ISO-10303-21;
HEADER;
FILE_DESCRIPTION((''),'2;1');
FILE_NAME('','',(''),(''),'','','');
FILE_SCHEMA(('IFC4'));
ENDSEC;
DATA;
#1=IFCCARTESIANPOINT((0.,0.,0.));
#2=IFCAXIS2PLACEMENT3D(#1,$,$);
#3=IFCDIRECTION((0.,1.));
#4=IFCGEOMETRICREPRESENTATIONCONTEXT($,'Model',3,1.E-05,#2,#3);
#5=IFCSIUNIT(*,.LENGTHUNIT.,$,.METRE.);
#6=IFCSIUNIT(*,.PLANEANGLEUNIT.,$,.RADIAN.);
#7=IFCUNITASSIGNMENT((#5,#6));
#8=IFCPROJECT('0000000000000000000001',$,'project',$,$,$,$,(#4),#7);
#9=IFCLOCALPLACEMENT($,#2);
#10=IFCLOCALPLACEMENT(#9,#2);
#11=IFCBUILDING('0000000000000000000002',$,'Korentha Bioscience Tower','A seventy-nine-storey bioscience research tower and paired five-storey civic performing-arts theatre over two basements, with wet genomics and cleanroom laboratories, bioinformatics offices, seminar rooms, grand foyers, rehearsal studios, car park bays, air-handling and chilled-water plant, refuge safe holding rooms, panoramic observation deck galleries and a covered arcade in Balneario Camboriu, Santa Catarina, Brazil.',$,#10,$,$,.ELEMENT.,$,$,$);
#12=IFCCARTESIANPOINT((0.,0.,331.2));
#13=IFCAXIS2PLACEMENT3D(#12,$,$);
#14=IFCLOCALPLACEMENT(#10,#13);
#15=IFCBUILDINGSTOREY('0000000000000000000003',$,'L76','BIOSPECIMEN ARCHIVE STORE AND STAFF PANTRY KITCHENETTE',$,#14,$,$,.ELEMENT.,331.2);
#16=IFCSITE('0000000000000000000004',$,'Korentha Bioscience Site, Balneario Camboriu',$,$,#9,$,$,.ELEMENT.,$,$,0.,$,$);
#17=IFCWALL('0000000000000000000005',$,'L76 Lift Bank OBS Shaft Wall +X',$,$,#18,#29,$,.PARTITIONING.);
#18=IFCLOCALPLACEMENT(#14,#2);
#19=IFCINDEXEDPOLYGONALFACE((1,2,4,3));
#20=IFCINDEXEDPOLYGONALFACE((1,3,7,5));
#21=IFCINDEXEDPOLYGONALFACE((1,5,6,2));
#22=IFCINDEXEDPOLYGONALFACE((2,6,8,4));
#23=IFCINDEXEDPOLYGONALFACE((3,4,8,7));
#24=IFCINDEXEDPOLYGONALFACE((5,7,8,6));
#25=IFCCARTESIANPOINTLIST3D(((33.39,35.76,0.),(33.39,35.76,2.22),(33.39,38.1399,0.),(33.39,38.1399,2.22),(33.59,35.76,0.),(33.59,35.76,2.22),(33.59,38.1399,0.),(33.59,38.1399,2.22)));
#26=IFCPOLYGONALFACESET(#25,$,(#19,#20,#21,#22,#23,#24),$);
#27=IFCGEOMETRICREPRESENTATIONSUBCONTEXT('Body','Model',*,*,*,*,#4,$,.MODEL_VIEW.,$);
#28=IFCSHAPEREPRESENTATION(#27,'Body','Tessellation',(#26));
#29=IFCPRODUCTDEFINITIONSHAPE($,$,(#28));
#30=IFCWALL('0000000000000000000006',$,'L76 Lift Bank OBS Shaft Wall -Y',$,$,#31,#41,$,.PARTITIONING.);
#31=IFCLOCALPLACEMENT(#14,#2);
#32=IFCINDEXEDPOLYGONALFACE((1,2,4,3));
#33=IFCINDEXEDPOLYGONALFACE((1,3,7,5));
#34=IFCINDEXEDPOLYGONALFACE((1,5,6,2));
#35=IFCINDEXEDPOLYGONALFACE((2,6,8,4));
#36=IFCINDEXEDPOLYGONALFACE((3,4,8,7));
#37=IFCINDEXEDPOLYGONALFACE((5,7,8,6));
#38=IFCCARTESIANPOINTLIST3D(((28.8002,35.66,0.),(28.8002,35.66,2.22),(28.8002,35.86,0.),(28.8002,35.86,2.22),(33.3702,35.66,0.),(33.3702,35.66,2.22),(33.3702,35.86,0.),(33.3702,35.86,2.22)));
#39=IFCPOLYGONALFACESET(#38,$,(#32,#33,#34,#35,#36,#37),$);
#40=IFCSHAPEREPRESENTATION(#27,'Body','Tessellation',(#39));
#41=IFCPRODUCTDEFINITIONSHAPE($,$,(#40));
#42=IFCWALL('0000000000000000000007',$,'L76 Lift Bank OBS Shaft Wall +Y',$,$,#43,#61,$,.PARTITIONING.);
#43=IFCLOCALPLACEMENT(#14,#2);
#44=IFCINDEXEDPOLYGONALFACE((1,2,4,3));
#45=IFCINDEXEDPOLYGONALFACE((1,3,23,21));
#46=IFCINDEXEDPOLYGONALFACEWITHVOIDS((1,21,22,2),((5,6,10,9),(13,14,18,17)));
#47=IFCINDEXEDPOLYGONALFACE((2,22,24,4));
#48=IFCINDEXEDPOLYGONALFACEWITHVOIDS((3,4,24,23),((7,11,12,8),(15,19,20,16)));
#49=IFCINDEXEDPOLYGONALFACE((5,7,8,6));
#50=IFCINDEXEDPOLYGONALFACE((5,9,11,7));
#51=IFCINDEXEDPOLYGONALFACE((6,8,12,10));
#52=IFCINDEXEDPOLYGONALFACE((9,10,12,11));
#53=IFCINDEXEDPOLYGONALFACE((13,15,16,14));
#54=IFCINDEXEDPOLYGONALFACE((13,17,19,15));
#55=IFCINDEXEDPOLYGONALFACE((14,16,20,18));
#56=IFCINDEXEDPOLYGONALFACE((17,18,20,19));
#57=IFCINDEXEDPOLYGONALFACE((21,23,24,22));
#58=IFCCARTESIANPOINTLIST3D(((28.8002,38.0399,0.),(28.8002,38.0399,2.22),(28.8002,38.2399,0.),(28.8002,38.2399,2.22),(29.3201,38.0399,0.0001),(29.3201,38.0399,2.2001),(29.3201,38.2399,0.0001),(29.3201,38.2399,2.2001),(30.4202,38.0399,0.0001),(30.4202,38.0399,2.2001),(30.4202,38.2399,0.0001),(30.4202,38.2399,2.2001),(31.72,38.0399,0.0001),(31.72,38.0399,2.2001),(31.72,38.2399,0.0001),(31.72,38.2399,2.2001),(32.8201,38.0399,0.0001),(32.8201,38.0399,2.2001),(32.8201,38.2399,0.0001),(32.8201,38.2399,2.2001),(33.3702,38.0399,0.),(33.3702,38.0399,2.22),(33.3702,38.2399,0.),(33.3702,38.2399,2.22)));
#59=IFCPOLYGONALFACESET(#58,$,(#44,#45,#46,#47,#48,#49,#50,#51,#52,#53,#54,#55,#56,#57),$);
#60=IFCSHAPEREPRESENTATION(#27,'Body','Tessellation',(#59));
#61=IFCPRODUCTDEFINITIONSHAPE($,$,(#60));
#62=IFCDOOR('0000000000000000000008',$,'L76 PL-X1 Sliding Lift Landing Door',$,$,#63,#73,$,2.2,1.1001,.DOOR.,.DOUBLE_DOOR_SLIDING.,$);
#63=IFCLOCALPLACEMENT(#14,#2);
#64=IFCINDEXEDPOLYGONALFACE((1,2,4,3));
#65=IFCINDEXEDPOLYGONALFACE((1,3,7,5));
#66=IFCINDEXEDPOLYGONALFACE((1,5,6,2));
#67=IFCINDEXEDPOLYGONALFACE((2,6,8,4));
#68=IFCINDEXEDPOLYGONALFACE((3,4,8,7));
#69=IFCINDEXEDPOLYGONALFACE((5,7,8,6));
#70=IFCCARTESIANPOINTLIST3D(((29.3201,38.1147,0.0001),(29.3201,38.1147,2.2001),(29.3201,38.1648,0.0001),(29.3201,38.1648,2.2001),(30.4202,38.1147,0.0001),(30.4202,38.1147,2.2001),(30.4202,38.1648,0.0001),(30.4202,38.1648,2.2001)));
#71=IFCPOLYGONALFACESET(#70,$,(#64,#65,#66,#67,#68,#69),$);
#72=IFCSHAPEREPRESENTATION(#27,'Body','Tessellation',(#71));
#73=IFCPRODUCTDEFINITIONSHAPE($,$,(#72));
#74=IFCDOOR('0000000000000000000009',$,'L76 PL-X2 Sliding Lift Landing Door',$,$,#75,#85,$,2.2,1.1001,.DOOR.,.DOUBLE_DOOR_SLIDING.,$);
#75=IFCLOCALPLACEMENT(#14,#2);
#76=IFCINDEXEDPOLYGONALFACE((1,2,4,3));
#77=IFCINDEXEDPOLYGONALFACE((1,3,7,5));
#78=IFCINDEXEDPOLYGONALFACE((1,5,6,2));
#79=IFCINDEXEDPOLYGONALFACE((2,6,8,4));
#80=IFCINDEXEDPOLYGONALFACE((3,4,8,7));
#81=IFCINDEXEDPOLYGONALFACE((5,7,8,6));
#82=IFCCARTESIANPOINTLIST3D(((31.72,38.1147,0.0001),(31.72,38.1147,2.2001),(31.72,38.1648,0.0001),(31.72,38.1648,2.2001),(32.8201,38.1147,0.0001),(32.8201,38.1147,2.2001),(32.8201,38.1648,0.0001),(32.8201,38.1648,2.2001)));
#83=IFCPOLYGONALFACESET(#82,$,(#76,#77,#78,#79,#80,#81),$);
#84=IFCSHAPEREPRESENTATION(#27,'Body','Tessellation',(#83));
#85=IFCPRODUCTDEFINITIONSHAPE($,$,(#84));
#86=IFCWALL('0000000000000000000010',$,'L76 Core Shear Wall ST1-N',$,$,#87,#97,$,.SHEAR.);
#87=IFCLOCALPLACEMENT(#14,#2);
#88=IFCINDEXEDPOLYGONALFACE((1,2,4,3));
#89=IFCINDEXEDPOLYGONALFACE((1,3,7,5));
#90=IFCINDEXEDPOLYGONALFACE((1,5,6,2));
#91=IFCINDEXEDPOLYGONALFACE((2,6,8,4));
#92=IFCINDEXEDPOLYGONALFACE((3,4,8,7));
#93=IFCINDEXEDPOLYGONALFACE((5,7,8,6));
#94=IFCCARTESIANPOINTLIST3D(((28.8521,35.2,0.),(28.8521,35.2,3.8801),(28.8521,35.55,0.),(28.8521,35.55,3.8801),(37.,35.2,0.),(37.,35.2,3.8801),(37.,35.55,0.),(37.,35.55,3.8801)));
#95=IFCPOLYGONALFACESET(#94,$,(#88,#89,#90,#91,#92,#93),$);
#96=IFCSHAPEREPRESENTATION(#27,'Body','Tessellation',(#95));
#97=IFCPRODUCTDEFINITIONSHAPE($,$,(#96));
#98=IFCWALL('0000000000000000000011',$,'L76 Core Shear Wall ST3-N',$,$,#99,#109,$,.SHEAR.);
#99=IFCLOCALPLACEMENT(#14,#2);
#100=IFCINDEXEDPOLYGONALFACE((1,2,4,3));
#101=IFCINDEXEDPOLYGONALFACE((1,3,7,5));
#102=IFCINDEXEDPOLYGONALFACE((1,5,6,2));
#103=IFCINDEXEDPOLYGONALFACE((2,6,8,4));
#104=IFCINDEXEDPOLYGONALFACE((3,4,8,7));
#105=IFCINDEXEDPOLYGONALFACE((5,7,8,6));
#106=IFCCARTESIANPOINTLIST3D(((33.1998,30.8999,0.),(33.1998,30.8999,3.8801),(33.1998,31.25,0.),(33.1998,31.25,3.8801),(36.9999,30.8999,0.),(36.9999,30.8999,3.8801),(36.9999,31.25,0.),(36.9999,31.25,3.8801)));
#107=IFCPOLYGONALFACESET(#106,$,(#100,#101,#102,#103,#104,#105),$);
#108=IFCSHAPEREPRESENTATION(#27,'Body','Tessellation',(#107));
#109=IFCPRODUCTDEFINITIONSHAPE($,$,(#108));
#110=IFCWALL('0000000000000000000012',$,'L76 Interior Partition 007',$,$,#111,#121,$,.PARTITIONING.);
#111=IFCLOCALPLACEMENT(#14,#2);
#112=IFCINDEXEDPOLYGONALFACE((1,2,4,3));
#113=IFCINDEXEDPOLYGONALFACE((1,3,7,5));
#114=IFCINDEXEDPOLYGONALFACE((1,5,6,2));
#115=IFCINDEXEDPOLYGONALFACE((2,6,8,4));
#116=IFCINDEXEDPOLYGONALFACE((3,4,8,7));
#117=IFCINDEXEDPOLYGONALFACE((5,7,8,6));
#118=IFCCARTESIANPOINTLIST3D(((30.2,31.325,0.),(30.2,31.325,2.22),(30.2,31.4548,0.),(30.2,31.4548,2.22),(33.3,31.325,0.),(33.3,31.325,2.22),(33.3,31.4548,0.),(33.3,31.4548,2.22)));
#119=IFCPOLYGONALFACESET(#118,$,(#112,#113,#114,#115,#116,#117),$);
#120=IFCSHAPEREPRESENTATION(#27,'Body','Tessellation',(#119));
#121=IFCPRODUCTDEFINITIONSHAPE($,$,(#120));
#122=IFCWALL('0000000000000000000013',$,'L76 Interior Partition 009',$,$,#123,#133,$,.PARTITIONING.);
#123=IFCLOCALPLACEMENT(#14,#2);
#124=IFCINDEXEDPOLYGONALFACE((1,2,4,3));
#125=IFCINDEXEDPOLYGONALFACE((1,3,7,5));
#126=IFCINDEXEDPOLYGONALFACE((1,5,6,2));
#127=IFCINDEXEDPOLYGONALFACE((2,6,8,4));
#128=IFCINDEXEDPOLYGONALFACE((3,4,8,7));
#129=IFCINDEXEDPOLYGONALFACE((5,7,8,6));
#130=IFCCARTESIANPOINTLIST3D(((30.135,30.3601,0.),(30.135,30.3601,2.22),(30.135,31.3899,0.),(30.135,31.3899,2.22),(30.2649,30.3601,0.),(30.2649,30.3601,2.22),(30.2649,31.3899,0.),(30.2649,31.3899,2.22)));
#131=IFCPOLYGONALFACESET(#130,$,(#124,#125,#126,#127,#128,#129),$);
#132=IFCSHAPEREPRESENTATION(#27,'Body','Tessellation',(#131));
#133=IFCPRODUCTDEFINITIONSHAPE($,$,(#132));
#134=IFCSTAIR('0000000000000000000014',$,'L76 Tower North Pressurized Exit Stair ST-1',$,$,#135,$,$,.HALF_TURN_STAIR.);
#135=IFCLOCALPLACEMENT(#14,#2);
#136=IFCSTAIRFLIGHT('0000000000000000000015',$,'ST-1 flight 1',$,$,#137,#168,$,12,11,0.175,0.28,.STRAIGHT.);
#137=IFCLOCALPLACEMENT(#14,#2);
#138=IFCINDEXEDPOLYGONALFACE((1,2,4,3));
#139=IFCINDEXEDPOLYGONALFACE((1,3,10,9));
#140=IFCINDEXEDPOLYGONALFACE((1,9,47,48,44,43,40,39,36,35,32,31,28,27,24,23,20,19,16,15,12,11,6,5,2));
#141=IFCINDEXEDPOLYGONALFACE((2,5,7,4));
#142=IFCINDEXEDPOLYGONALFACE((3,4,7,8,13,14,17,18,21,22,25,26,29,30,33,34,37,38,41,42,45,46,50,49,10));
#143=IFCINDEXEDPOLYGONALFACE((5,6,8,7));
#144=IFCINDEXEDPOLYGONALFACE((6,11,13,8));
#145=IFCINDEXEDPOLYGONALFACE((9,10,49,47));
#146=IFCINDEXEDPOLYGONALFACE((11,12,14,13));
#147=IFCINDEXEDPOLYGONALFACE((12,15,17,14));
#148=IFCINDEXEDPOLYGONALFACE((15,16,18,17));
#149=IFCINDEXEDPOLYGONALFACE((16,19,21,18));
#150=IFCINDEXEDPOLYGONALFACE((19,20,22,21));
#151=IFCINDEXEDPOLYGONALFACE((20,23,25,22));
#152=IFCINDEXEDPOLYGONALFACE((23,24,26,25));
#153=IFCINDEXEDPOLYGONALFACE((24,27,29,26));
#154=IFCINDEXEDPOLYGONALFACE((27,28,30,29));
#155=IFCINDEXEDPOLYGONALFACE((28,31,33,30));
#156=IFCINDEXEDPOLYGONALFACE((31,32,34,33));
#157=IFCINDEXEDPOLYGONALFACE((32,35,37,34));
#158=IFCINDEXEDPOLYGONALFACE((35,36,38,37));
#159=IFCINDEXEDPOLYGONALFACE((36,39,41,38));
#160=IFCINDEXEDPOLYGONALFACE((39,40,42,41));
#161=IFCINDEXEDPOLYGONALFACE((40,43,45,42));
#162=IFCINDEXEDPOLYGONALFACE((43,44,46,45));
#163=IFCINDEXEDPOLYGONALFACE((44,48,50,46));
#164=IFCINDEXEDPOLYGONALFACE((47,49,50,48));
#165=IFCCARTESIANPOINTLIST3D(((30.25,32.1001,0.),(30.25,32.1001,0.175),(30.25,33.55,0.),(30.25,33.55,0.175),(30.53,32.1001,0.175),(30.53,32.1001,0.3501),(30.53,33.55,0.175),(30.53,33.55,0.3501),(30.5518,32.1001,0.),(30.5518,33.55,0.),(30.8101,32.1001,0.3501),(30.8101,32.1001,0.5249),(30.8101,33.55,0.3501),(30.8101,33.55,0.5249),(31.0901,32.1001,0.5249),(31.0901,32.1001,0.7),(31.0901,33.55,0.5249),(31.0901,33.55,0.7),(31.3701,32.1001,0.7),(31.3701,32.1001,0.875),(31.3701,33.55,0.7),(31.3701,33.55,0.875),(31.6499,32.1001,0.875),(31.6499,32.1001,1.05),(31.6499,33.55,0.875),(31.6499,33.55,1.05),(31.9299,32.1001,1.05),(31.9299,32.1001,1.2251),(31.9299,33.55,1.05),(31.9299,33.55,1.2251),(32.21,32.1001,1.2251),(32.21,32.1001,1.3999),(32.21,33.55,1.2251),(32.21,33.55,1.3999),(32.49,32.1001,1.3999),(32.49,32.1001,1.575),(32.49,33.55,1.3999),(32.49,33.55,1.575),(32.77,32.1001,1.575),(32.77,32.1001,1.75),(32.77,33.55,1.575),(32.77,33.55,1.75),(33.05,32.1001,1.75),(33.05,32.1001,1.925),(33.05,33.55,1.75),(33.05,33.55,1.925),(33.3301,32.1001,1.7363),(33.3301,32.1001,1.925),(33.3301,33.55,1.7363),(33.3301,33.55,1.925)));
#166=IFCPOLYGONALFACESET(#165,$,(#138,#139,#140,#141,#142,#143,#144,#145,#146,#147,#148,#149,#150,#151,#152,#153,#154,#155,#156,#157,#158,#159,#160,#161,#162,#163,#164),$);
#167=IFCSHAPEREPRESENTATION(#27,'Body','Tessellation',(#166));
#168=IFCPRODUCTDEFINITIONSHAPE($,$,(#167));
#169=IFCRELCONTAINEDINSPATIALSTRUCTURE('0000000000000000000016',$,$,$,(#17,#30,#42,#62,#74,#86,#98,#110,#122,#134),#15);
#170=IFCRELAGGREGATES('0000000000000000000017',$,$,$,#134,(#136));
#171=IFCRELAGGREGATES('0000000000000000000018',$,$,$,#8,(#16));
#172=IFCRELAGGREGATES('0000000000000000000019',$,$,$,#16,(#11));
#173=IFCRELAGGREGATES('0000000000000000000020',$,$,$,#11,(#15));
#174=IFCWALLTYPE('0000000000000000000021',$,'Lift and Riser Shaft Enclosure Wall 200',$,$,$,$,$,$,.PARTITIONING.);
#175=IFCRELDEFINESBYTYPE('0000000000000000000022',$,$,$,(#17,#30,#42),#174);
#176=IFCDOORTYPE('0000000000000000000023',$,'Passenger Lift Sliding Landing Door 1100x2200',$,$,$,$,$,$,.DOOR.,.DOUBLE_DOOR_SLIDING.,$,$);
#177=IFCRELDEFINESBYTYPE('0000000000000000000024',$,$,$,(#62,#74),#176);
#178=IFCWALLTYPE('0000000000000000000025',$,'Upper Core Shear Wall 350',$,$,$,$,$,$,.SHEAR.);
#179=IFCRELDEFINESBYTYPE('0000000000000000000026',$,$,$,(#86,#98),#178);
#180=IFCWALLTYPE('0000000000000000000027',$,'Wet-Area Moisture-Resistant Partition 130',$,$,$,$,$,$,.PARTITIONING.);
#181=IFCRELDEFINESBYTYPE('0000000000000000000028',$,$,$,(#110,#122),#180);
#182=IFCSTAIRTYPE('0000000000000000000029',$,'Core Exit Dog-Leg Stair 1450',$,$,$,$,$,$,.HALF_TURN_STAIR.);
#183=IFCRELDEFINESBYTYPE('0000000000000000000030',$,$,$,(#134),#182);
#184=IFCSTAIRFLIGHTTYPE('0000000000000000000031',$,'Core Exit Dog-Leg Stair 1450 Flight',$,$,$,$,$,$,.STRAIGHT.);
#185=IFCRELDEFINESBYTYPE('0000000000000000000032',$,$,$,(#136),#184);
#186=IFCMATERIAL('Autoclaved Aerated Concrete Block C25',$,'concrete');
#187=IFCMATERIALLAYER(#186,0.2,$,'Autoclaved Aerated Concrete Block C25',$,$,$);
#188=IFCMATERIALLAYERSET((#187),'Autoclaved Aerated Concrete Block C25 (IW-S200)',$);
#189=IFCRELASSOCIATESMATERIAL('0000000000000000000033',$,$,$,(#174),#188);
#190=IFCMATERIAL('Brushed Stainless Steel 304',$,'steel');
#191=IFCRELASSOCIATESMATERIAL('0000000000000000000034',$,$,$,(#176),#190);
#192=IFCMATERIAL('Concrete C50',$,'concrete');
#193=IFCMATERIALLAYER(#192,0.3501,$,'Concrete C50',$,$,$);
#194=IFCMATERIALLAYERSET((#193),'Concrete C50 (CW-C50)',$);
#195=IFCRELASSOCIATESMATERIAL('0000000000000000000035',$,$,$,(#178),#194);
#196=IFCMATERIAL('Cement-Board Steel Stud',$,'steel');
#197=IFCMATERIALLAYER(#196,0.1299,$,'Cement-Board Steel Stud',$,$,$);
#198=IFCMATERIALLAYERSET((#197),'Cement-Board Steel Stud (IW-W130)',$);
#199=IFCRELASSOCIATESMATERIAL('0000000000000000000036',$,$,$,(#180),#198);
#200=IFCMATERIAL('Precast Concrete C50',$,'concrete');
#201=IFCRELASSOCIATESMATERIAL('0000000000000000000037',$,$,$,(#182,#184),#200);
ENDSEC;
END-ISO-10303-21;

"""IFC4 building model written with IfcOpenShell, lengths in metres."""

from ifc_helpers import new_model, si_unit, direction, frame, frame_2d, origin, place, context, subcontext, project, spatial, polyline, rectangle, outline, extrude, material, layer, layer_set, type_object, element, fill, aggregate, save


model = new_model("IFC4")

# Units and contexts
model_context = context("Model", 3, precision=1e-05, world=origin(), true_north=direction((0.0, 1.0)))
body_context = subcontext(model_context, "Body", "Model", "MODEL_VIEW")
ifc_project = project(units=[si_unit("LENGTHUNIT", "METRE"), si_unit("PLANEANGLEUNIT", "RADIAN")], contexts=[model_context])

# Site, building, storey
site_placement = place(None, origin())
site = spatial("IfcSite", under=ifc_project, at=site_placement, Name="Korentha Bioscience Site, Balneario Camboriu", CompositionType="ELEMENT", RefElevation=0.0)
building_placement = place(site_placement, origin())
building = spatial("IfcBuilding", under=site, at=building_placement, Name="Korentha Bioscience Tower", Description="A seventy-nine-storey bioscience research tower and paired five-storey civic performing-arts theatre over two basements, with wet genomics and cleanroom laboratories, bioinformatics offices, seminar rooms, grand foyers, rehearsal studios, car park bays, air-handling and chilled-water plant, refuge safe holding rooms, panoramic observation deck galleries and a covered arcade in Balneario Camboriu, Santa Catarina, Brazil.", CompositionType="ELEMENT")
storey_placement = place(building_placement, frame((0.0, 0.0, 331.2)))
storey = spatial("IfcBuildingStorey", under=building, at=storey_placement, Name="L76", Description="BIOSPECIMEN ARCHIVE STORE AND STAFF PANTRY KITCHENETTE", CompositionType="ELEMENT", Elevation=331.2)

# Shared definitions
ifc_material_1 = material(Name="Concrete C50", Category="concrete")

# Walls
ifc_material_2 = material(Name="Autoclaved Aerated Concrete Block C25", Category="concrete")
ifc_layer_1 = layer(ifc_material_2, 0.2, Name="Autoclaved Aerated Concrete Block C25")
ifc_layer_set_1 = layer_set([ifc_layer_1], Name="Autoclaved Aerated Concrete Block C25 (IW-S200)")
wall_type_1 = type_object("IfcWallType", Name="Lift and Riser Shaft Enclosure Wall 200", PredefinedType="PARTITIONING", material=ifc_layer_set_1)
wall_1_placement = place(storey_placement, frame((33.49, 35.76, 0.0), z_axis=(0.0, 0.0, 1.0), x_axis=(0.0, 1.0, 0.0)))
element("IfcWall", 1, at=wall_1_placement, inside=storey, type_object=wall_type_1, Name="L76 Lift Bank OBS Shaft Wall +X", PredefinedType="PARTITIONING", context=body_context, shape_type="SweptSolid", body=[
    extrude(rectangle(XDim=2.3799, YDim=0.2, at=frame_2d((1.1899, 0.0))), origin(), (0.0, 0.0, 1.0), 2.22),
])
wall_2_placement = place(storey_placement, frame((28.8, 35.76, 0.0), z_axis=(0.0, 0.0, 1.0), x_axis=(1.0, 0.0, 0.0)))
element("IfcWall", 2, at=wall_2_placement, inside=storey, type_object=wall_type_1, Name="L76 Lift Bank OBS Shaft Wall -Y", PredefinedType="PARTITIONING", context=body_context, shape_type="SweptSolid", body=[
    extrude(rectangle(XDim=4.5701, YDim=0.2, at=frame_2d((2.2852, 0.0))), origin(), (0.0, 0.0, 1.0), 2.22),
])

# Wall, openings, doors
wall_3_placement = place(storey_placement, frame((28.8, 38.1399, 0.0), z_axis=(0.0, 0.0, 1.0), x_axis=(1.0, 0.0, 0.0)))
wall_3 = element("IfcWall", 3, at=wall_3_placement, inside=storey, type_object=wall_type_1, Name="L76 Lift Bank OBS Shaft Wall +Y", PredefinedType="PARTITIONING", context=body_context, shape_type="SweptSolid", body=[
    extrude(rectangle(XDim=4.5701, YDim=0.2, at=frame_2d((2.2852, 0.0))), origin(), (0.0, 0.0, 1.0), 2.22),
])
opening_1_placement = place(wall_3_placement, frame((0.52, 0.0, 0.0)))
opening_1 = element("IfcOpeningElement", 4, at=opening_1_placement, cuts=wall_3, PredefinedType="OPENING", context=body_context, shape_type="SweptSolid", body=[
    extrude(rectangle(XDim=1.1001, YDim=2.2, at=frame_2d((0.55, 1.1001))), frame((0.0, 0.1147, 0.0), z_axis=(0.0, -1.0, 0.0), x_axis=(1.0, 0.0, 0.0)), (0.0, 0.0, 1.0), 0.2297),
])
opening_2_placement = place(wall_3_placement, frame((2.9199, 0.0, 0.0)))
opening_2 = element("IfcOpeningElement", 5, at=opening_2_placement, cuts=wall_3, PredefinedType="OPENING", context=body_context, shape_type="SweptSolid", body=[
    extrude(rectangle(XDim=1.1001, YDim=2.2, at=frame_2d((0.55, 1.1001))), frame((0.0, 0.1147, 0.0), z_axis=(0.0, -1.0, 0.0), x_axis=(1.0, 0.0, 0.0)), (0.0, 0.0, 1.0), 0.2297),
])
ifc_material_3 = material(Name="Brushed Stainless Steel 304", Category="steel")
door_type_1 = type_object("IfcDoorType", Name="Passenger Lift Sliding Landing Door 1100x2200", OperationType="DOUBLE_DOOR_SLIDING", PredefinedType="DOOR", material=ifc_material_3)
door_1_placement = place(opening_1_placement, origin())
door_1 = element("IfcDoor", 6, at=door_1_placement, inside=storey, type_object=door_type_1, Name="L76 PL-X1 Sliding Lift Landing Door", OperationType="DOUBLE_DOOR_SLIDING", OverallHeight=2.2, OverallWidth=1.1001, PredefinedType="DOOR", context=body_context, shape_type="SweptSolid", body=[
    extrude(rectangle(XDim=1.1001, YDim=2.2, at=frame_2d((0.55, 1.1001))), frame((0.0, 0.0249, 0.0), z_axis=(0.0, -1.0, 0.0), x_axis=(1.0, 0.0, 0.0)), (0.0, 0.0, 1.0), 0.05),
])
fill(opening_1, door_1)
door_2_placement = place(opening_2_placement, origin())
door_2 = element("IfcDoor", 7, at=door_2_placement, inside=storey, type_object=door_type_1, Name="L76 PL-X2 Sliding Lift Landing Door", OperationType="DOUBLE_DOOR_SLIDING", OverallHeight=2.2, OverallWidth=1.1001, PredefinedType="DOOR", context=body_context, shape_type="SweptSolid", body=[
    extrude(rectangle(XDim=1.1001, YDim=2.2, at=frame_2d((0.55, 1.1001))), frame((0.0, 0.0249, 0.0), z_axis=(0.0, -1.0, 0.0), x_axis=(1.0, 0.0, 0.0)), (0.0, 0.0, 1.0), 0.05),
])
fill(opening_2, door_2)

# Walls
ifc_layer_2 = layer(ifc_material_1, 0.3501, Name="Concrete C50")
ifc_layer_set_2 = layer_set([ifc_layer_2], Name="Concrete C50 (CW-C50)")
wall_type_2 = type_object("IfcWallType", Name="Upper Core Shear Wall 350", PredefinedType="SHEAR", material=ifc_layer_set_2)
wall_4_placement = place(storey_placement, frame((28.8521, 35.375, 0.0), z_axis=(0.0, 0.0, 1.0), x_axis=(1.0, 0.0, 0.0)))
element("IfcWall", 8, at=wall_4_placement, inside=storey, type_object=wall_type_2, Name="L76 Core Shear Wall ST1-N", PredefinedType="SHEAR", context=body_context, shape_type="SweptSolid", body=[
    extrude(rectangle(XDim=8.1479, YDim=0.3501, at=frame_2d((4.074, 0.0))), origin(), (0.0, 0.0, 1.0), 3.8801),
])
wall_5_placement = place(storey_placement, frame((33.2, 31.075, 0.0), z_axis=(0.0, 0.0, 1.0), x_axis=(1.0, 0.0, 0.0)))
element("IfcWall", 9, at=wall_5_placement, inside=storey, type_object=wall_type_2, Name="L76 Core Shear Wall ST3-N", PredefinedType="SHEAR", context=body_context, shape_type="SweptSolid", body=[
    extrude(rectangle(XDim=3.8, YDim=0.3501, at=frame_2d((1.8999, 0.0))), origin(), (0.0, 0.0, 1.0), 3.8801),
])

# Shared definitions
ifc_material_4 = material(Name="Cement-Board Steel Stud", Category="steel")
ifc_layer_3 = layer(ifc_material_4, 0.1299, Name="Cement-Board Steel Stud")
ifc_layer_set_3 = layer_set([ifc_layer_3], Name="Cement-Board Steel Stud (IW-W130)")
wall_type_3 = type_object("IfcWallType", Name="Wet-Area Moisture-Resistant Partition 130", PredefinedType="PARTITIONING", material=ifc_layer_set_3)

# Walls
wall_6_placement = place(storey_placement, frame((30.2, 31.3899, 0.0), z_axis=(0.0, 0.0, 1.0), x_axis=(1.0, 0.0, 0.0)))
element("IfcWall", 10, at=wall_6_placement, inside=storey, type_object=wall_type_3, Name="L76 Interior Partition 007", PredefinedType="PARTITIONING", context=body_context, shape_type="SweptSolid", body=[
    extrude(rectangle(XDim=3.1001, YDim=0.1299, at=frame_2d((1.55, 0.0))), origin(), (0.0, 0.0, 1.0), 2.22),
])
wall_7_placement = place(storey_placement, frame((30.2, 30.3601, 0.0), z_axis=(0.0, 0.0, 1.0), x_axis=(0.0, 1.0, 0.0)))
element("IfcWall", 11, at=wall_7_placement, inside=storey, type_object=wall_type_3, Name="L76 Interior Partition 009", PredefinedType="PARTITIONING", context=body_context, shape_type="SweptSolid", body=[
    extrude(rectangle(XDim=1.0298, YDim=0.1299, at=frame_2d((0.5149, 0.0))), origin(), (0.0, 0.0, 1.0), 2.22),
])

# Stair, stair flight
ifc_material_5 = material(Name="Precast Concrete C50", Category="concrete")
stair_type = type_object("IfcStairType", Name="Core Exit Dog-Leg Stair 1450", PredefinedType="HALF_TURN_STAIR", material=ifc_material_5)
stair_1_placement = place(storey_placement, origin())
stair_1 = element("IfcStair", 12, at=stair_1_placement, inside=storey, type_object=stair_type, Name="L76 Tower North Pressurized Exit Stair ST-1", PredefinedType="HALF_TURN_STAIR")
stair_flight_type = type_object("IfcStairFlightType", Name="Core Exit Dog-Leg Stair 1450 Flight", PredefinedType="STRAIGHT", material=ifc_material_5)
stair_flight_1_placement = place(storey_placement, frame((30.25, 32.825, 0.0), z_axis=(0.0, 0.0, 1.0), x_axis=(1.0, 0.0, 0.0)))
stair_flight_1 = element("IfcStairFlight", 13, at=stair_flight_1_placement, type_object=stair_flight_type, Name="ST-1 flight 1", NumberOfRisers=12, NumberOfTreads=11, PredefinedType="STRAIGHT", RiserHeight=0.175, TreadLength=0.28, context=body_context, shape_type="SweptSolid", body=[
    extrude(outline(polyline([(0.0, 0.0), (0.0, 0.175), (0.28, 0.175), (0.28, 0.3501), (0.5601, 0.3501), (0.5601, 0.5249), (0.8401, 0.5249), (0.8401, 0.7), (1.1201, 0.7), (1.1201, 0.875), (1.3999, 0.875), (1.3999, 1.05), (1.6799, 1.05), (1.6799, 1.2251), (1.96, 1.2251), (1.96, 1.3999), (2.24, 1.3999), (2.24, 1.575), (2.52, 1.575), (2.52, 1.75), (2.8, 1.75), (2.8, 1.925), (3.0801, 1.925), (3.0801, 2.1001), (3.0801, 1.7363), (0.3018, 0.0), (0.0, 0.0)])), frame((0.0, 0.7251, 0.0), z_axis=(0.0, -1.0, 0.0), x_axis=(1.0, 0.0, 0.0)), (0.0, 0.0, 1.0), 1.45),
])
aggregate(stair_1, [stair_flight_1])

save(model, "model.ifc")
